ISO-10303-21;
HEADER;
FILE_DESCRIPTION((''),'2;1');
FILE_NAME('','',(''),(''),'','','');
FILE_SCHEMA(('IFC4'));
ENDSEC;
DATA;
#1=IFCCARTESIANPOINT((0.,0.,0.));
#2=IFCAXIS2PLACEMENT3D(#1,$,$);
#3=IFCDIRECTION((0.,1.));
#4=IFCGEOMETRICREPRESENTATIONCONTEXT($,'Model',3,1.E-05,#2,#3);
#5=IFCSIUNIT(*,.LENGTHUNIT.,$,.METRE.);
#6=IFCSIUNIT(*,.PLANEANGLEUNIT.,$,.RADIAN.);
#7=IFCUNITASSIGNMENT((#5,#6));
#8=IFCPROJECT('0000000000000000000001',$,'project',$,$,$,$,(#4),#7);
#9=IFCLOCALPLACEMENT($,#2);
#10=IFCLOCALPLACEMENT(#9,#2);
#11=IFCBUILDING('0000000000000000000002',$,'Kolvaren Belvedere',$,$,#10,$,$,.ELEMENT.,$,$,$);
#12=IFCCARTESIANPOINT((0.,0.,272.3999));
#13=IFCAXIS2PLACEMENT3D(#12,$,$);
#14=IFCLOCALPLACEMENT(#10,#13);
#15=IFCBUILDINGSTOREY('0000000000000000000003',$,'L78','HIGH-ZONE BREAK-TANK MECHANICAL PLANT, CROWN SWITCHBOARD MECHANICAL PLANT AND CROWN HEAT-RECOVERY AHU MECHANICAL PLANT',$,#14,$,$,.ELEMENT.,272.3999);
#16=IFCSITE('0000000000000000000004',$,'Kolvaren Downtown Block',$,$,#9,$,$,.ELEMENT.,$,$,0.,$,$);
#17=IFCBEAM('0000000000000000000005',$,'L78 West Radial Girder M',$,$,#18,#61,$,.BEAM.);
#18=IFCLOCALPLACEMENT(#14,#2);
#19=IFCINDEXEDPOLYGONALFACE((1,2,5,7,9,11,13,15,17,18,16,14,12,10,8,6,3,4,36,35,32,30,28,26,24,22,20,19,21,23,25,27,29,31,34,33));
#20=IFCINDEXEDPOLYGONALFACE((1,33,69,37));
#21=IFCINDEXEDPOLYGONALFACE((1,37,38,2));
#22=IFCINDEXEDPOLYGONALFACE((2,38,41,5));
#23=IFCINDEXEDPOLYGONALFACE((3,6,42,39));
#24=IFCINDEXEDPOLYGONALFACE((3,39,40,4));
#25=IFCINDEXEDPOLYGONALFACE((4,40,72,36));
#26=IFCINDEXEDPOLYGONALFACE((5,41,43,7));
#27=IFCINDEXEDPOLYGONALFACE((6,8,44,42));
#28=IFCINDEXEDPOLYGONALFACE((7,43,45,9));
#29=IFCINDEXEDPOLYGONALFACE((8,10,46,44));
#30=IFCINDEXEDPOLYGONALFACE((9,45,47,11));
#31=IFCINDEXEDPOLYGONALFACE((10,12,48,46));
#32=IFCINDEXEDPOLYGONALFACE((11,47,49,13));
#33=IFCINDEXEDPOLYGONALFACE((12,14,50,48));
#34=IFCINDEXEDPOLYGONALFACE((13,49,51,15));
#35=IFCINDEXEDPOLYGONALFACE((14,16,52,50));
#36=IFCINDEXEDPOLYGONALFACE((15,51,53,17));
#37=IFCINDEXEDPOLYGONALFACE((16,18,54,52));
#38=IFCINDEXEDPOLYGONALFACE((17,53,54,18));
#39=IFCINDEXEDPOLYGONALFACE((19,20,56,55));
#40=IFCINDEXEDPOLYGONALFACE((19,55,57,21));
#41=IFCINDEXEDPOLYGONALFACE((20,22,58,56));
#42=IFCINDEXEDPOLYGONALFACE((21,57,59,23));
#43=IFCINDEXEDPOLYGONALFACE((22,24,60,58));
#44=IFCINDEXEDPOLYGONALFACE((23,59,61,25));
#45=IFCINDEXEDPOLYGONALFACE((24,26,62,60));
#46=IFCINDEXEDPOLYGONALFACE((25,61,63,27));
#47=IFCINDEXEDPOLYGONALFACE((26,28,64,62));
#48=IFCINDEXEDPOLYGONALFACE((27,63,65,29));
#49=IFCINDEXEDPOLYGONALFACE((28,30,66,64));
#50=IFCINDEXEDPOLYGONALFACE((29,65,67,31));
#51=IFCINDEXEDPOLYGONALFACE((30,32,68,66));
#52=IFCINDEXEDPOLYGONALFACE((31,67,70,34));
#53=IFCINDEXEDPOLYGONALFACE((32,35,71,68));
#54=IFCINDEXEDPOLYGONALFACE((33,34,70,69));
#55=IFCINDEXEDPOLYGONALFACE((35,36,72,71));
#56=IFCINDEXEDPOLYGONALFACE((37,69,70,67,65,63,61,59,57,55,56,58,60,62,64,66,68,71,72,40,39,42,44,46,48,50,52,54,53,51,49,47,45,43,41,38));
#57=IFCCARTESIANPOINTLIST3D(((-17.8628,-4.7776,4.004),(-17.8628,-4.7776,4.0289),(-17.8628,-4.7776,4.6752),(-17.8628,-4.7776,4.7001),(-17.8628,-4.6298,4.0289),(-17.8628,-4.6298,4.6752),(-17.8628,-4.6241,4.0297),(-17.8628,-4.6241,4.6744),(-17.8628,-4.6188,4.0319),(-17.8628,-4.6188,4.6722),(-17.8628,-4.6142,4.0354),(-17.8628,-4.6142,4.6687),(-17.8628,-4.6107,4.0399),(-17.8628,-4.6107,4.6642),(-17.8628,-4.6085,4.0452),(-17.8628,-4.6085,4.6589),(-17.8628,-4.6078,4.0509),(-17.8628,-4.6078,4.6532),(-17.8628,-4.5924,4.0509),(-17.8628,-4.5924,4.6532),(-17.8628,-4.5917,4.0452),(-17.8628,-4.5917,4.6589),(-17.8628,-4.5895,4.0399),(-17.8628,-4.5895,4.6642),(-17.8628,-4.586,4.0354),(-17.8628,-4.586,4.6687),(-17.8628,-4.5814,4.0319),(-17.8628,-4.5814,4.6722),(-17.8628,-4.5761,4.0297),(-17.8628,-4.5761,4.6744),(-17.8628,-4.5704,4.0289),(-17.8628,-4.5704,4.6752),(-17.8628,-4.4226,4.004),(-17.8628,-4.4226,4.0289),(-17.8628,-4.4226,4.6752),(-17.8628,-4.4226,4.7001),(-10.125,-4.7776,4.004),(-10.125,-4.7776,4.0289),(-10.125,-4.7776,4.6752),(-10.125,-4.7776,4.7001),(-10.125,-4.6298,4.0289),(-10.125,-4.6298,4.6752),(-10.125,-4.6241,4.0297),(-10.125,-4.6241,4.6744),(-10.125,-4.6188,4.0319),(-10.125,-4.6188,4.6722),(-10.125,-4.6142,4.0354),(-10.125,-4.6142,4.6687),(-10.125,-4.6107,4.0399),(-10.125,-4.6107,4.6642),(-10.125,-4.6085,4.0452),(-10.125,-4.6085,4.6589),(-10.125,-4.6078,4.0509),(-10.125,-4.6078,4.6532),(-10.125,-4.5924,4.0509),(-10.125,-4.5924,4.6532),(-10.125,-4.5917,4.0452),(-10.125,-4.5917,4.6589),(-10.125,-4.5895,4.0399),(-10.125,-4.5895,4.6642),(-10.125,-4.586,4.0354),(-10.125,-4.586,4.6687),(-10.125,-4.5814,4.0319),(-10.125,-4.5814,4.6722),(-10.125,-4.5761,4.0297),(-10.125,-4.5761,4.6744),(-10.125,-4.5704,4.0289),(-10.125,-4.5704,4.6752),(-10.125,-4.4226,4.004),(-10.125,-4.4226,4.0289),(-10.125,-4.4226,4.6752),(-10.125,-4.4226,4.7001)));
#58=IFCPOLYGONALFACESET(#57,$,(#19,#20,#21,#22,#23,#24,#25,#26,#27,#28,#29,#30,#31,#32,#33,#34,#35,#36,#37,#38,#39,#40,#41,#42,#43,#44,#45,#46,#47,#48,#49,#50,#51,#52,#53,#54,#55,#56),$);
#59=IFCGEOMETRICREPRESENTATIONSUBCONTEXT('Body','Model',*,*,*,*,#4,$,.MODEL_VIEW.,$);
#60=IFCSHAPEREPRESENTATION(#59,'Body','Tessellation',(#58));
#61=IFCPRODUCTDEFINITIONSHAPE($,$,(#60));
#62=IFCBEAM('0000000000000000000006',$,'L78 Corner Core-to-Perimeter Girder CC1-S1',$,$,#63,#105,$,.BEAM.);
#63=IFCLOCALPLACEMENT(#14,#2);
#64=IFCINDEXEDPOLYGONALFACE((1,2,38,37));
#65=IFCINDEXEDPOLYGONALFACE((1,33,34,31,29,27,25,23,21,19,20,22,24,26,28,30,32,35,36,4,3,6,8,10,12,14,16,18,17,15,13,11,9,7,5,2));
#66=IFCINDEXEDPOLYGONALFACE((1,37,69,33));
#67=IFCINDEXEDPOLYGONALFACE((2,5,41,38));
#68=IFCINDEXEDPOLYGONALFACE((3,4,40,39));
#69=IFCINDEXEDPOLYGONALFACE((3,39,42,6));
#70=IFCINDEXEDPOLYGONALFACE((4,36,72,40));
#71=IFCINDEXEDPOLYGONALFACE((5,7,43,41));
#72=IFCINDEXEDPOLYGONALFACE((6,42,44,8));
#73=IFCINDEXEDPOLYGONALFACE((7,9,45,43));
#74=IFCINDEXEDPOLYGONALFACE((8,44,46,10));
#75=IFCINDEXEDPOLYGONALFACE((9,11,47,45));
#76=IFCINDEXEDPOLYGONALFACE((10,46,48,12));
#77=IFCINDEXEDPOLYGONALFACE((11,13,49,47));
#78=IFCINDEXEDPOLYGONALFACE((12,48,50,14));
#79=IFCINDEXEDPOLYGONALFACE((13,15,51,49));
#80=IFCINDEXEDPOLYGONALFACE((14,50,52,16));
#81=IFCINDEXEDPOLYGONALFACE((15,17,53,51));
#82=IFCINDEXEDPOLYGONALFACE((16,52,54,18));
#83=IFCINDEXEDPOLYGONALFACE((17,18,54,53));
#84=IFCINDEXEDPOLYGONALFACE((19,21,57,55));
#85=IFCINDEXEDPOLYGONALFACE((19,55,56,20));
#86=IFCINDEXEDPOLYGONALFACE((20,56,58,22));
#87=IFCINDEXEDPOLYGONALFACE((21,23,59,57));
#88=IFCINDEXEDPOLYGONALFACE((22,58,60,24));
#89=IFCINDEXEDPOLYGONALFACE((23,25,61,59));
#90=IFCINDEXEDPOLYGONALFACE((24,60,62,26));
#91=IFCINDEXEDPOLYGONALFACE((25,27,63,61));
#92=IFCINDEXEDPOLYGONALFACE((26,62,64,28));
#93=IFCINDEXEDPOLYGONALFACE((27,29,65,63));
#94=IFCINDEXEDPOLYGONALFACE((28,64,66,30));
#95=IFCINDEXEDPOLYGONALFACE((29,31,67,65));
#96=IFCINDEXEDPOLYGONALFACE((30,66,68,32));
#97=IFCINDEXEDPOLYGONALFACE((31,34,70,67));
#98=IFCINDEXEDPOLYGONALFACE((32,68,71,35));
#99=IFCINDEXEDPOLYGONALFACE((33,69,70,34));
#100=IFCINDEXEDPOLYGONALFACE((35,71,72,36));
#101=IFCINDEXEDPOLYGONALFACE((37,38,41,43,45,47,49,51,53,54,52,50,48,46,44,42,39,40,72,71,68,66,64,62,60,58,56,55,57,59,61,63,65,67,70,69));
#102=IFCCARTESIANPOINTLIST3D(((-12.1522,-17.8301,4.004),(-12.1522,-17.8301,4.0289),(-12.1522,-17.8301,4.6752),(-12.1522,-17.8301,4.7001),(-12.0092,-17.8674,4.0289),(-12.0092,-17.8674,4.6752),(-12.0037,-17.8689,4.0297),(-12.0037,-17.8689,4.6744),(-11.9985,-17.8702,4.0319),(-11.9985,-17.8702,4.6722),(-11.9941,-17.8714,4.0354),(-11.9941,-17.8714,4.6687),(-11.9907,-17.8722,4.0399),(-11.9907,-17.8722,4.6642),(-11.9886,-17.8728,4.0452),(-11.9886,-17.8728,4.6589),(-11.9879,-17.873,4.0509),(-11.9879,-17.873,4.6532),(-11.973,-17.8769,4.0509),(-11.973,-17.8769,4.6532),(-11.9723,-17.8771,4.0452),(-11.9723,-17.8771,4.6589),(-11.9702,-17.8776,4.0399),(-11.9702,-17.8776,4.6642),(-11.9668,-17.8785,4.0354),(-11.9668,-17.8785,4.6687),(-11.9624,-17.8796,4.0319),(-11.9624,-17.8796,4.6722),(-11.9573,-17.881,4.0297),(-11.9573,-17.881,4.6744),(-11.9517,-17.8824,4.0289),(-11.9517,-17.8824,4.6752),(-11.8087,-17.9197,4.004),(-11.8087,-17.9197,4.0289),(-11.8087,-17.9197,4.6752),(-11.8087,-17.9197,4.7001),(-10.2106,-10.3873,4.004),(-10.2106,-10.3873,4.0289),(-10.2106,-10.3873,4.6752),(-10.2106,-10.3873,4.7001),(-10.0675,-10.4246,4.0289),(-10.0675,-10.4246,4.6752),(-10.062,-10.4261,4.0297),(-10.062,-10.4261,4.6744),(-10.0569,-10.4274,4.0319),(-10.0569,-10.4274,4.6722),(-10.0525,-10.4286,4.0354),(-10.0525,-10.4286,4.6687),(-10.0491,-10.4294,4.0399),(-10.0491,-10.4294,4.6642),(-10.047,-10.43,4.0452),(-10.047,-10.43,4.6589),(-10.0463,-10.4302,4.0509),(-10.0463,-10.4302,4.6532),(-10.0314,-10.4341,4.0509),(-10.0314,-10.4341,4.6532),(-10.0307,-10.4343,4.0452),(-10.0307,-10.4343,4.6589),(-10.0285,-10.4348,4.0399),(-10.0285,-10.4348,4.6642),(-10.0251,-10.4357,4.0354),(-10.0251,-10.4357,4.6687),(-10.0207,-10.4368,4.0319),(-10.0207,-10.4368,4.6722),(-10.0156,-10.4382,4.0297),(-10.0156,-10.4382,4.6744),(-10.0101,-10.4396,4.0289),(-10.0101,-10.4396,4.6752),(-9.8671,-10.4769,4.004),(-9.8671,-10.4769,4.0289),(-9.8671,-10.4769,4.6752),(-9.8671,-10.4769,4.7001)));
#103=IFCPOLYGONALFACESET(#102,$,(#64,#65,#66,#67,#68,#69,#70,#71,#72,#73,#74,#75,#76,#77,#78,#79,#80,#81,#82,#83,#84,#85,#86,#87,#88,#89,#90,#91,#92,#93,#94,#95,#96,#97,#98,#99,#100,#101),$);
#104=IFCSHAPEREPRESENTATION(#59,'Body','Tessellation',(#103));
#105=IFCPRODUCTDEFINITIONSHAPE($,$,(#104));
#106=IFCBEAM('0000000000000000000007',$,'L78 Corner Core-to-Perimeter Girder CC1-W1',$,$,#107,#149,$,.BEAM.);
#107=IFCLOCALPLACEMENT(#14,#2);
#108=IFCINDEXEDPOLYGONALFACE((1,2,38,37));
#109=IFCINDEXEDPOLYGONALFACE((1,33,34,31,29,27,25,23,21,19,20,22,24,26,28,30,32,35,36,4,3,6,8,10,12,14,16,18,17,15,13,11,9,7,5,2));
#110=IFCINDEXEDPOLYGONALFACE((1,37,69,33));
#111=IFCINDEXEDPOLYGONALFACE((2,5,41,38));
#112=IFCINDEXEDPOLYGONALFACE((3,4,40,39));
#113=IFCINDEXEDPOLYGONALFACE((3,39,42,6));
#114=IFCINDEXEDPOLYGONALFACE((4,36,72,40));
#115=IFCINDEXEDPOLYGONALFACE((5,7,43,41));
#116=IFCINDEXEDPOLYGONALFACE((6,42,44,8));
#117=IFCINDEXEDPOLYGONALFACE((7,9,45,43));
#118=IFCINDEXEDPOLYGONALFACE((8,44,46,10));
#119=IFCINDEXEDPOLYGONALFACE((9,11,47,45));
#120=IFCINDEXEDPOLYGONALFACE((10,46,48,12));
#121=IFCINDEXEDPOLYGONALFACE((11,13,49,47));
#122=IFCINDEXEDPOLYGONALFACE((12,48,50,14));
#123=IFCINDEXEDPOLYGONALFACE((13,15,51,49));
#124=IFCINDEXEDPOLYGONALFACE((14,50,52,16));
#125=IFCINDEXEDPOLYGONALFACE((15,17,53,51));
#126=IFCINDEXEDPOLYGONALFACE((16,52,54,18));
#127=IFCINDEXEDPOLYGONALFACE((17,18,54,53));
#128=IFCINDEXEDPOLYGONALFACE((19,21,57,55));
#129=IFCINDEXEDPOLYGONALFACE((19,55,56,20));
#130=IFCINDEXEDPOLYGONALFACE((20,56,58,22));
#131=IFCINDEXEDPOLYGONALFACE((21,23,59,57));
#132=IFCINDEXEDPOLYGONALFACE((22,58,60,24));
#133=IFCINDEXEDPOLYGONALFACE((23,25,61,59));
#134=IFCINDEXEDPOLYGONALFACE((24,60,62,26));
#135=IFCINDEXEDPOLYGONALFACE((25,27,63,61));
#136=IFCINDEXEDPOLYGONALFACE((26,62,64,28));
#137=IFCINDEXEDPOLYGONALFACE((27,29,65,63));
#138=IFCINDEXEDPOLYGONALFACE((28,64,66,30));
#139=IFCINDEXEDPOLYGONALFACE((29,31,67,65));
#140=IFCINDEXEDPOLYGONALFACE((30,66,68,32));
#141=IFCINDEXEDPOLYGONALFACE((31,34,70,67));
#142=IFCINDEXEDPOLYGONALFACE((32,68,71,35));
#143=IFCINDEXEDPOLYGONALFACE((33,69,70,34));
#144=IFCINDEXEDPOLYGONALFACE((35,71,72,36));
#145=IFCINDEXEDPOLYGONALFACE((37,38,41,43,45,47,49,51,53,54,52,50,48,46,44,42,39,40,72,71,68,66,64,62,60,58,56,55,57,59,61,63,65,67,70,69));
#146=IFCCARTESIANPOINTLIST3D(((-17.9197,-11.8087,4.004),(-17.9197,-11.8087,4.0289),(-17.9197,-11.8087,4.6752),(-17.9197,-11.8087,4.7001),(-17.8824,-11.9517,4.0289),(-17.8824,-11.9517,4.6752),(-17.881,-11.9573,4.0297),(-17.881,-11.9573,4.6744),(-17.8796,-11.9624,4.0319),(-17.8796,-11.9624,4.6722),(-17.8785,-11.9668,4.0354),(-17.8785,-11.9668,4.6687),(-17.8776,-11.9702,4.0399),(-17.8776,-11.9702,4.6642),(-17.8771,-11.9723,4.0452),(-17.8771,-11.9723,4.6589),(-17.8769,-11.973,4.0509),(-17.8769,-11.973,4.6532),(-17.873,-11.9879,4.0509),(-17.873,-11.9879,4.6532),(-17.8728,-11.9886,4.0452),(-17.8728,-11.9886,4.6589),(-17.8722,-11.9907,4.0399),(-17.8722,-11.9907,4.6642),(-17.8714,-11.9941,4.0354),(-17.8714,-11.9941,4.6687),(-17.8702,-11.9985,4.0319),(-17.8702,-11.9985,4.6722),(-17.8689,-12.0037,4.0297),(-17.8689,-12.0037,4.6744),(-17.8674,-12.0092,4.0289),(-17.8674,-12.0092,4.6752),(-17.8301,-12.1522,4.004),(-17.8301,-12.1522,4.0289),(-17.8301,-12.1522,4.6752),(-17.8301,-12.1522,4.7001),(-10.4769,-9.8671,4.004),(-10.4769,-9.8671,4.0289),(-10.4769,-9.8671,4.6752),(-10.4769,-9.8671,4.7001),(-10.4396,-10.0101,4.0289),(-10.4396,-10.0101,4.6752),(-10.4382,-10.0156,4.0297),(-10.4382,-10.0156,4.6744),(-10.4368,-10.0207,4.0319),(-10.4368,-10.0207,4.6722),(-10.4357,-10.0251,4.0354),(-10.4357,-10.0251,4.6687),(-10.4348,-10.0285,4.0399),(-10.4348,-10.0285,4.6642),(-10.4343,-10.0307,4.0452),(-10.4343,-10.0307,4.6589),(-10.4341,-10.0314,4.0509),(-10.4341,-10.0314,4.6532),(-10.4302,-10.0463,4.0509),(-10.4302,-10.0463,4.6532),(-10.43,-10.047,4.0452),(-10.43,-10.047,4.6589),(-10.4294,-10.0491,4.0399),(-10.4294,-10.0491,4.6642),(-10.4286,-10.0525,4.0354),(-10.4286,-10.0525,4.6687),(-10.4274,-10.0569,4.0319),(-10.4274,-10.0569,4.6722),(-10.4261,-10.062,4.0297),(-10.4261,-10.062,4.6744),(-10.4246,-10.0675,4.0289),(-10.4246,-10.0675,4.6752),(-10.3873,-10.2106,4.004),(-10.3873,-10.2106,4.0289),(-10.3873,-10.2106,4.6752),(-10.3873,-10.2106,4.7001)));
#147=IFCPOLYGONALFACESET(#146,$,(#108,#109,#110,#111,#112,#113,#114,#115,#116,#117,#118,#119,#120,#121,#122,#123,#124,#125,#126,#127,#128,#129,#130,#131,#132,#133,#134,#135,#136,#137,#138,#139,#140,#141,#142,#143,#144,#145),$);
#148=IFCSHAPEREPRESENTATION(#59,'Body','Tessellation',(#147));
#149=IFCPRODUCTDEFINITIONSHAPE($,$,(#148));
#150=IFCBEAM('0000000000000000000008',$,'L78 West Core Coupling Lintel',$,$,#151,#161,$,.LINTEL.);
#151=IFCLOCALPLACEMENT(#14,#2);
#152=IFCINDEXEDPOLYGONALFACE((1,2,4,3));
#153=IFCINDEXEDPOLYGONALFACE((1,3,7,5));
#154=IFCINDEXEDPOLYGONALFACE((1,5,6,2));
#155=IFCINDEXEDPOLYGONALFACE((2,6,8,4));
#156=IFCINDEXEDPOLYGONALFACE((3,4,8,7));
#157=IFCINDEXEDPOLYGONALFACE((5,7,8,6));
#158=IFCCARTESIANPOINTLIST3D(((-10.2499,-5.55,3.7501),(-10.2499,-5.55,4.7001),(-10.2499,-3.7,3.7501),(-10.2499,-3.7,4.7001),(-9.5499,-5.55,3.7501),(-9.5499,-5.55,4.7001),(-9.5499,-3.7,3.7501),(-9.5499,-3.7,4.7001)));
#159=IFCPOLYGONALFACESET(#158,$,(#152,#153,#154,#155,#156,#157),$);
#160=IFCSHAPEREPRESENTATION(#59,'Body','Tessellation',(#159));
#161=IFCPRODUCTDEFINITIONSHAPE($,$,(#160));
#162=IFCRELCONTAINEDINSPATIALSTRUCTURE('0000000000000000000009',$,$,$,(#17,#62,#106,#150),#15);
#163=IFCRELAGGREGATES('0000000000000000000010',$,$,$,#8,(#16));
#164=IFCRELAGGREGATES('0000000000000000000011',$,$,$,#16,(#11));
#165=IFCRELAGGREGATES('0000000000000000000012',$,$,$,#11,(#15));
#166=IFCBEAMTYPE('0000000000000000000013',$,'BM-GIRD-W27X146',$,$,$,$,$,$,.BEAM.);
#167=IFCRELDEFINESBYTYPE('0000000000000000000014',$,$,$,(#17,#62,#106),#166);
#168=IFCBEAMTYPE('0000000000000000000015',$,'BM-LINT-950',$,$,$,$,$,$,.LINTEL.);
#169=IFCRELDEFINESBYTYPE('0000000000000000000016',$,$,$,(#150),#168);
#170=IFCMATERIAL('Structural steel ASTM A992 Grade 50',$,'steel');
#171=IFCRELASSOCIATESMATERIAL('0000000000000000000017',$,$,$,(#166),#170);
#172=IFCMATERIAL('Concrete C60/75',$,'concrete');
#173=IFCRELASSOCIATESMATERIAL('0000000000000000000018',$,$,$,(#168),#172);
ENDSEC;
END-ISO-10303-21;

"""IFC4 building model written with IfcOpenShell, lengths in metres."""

from ifc_helpers import new_model, si_unit, direction, frame, origin, origin_2d, place, context, subcontext, project, spatial, rectangle, i_section, extrude, material, material_profile, profile_set, type_object, element, save


model = new_model("IFC4")

# Units and contexts
model_context = context("Model", 3, precision=1e-05, world=origin(), true_north=direction((0.0, 1.0)))
body_context = subcontext(model_context, "Body", "Model", "MODEL_VIEW")
ifc_project = project(units=[si_unit("LENGTHUNIT", "METRE"), si_unit("PLANEANGLEUNIT", "RADIAN")], contexts=[model_context])

# Site, building, storey
site_placement = place(None, origin())
site = spatial("IfcSite", under=ifc_project, at=site_placement, Name="Kolvaren Downtown Block", CompositionType="ELEMENT", RefElevation=0.0)
building_placement = place(site_placement, origin())
building = spatial("IfcBuilding", under=site, at=building_placement, Name="Kolvaren Belvedere", CompositionType="ELEMENT")
storey_placement = place(building_placement, frame((0.0, 0.0, 272.3999)))
storey = spatial("IfcBuildingStorey", under=building, at=storey_placement, Name="L78", Description="HIGH-ZONE BREAK-TANK MECHANICAL PLANT, CROWN SWITCHBOARD MECHANICAL PLANT AND CROWN HEAT-RECOVERY AHU MECHANICAL PLANT", CompositionType="ELEMENT", Elevation=272.3999)

# Beams
ifc_material_1 = material(Name="Structural steel ASTM A992 Grade 50", Category="steel")
ifc_material_profile_1 = material_profile(ifc_material_1, i_section(OverallWidth=0.355, OverallDepth=0.696, WebThickness=0.0154, FlangeThickness=0.0249, FilletRadius=0.022, at=origin_2d()), Name="W27X146")
ifc_profile_set_1 = profile_set([ifc_material_profile_1], Name="Structural steel ASTM A992 Grade 50")
beam_type_1 = type_object("IfcBeamType", Name="BM-GIRD-W27X146", PredefinedType="BEAM", material=ifc_profile_set_1)
beam_1_placement = place(storey_placement, frame((-10.125, -4.6001, 4.3521), z_axis=(-1.0, 0.0, 0.0), x_axis=(0.0, -1.0, 0.0)))
element("IfcBeam", 1, at=beam_1_placement, inside=storey, type_object=beam_type_1, Name="L78 West Radial Girder M", PredefinedType="BEAM", context=body_context, shape_type="SweptSolid", body=[
    extrude(i_section(OverallWidth=0.355, OverallDepth=0.696, WebThickness=0.0154, FlangeThickness=0.0249, FilletRadius=0.022, at=origin_2d()), origin(), (0.0, 0.0, 1.0), 7.7378),
])
for number, where, z_axis, x_axis, name in (
    (2, (-10.0388, -10.4321, 4.3521), (-0.252426, -0.967616, 0.0), (0.967616, -0.252426, 0.0), "L78 Corner Core-to-Perimeter Girder CC1-S1"),
    (3, (-10.4321, -10.0388, 4.3521), (-0.967616, -0.252426, 0.0), (0.252426, -0.967616, 0.0), "L78 Corner Core-to-Perimeter Girder CC1-W1"),
):
    element("IfcBeam", number, at=place(storey_placement, frame(where, z_axis=z_axis, x_axis=x_axis)), inside=storey, type_object=beam_type_1, Name=name, PredefinedType="BEAM", context=body_context, shape_type="SweptSolid", body=[
        extrude(i_section(OverallWidth=0.355, OverallDepth=0.696, WebThickness=0.0154, FlangeThickness=0.0249, FilletRadius=0.022, at=origin_2d()), origin(), (0.0, 0.0, 1.0), 7.6919),
    ])
ifc_material_2 = material(Name="Concrete C60/75", Category="concrete")
ifc_material_profile_2 = material_profile(ifc_material_2, rectangle(XDim=0.7, YDim=0.95, at=origin_2d()), Name="RC 700X950")
ifc_profile_set_2 = profile_set([ifc_material_profile_2], Name="Concrete C60/75")
beam_type_2 = type_object("IfcBeamType", Name="BM-LINT-950", PredefinedType="LINTEL", material=ifc_profile_set_2)
beam_2_placement = place(storey_placement, frame((-9.8999, -5.55, 4.2251), z_axis=(0.0, 1.0, 0.0), x_axis=(-1.0, 0.0, 0.0)))
element("IfcBeam", 4, at=beam_2_placement, inside=storey, type_object=beam_type_2, Name="L78 West Core Coupling Lintel", PredefinedType="LINTEL", context=body_context, shape_type="SweptSolid", body=[
    extrude(rectangle(XDim=0.7, YDim=0.95, at=origin_2d()), origin(), (0.0, 0.0, 1.0), 1.8501),
])

save(model, "model.ifc")
